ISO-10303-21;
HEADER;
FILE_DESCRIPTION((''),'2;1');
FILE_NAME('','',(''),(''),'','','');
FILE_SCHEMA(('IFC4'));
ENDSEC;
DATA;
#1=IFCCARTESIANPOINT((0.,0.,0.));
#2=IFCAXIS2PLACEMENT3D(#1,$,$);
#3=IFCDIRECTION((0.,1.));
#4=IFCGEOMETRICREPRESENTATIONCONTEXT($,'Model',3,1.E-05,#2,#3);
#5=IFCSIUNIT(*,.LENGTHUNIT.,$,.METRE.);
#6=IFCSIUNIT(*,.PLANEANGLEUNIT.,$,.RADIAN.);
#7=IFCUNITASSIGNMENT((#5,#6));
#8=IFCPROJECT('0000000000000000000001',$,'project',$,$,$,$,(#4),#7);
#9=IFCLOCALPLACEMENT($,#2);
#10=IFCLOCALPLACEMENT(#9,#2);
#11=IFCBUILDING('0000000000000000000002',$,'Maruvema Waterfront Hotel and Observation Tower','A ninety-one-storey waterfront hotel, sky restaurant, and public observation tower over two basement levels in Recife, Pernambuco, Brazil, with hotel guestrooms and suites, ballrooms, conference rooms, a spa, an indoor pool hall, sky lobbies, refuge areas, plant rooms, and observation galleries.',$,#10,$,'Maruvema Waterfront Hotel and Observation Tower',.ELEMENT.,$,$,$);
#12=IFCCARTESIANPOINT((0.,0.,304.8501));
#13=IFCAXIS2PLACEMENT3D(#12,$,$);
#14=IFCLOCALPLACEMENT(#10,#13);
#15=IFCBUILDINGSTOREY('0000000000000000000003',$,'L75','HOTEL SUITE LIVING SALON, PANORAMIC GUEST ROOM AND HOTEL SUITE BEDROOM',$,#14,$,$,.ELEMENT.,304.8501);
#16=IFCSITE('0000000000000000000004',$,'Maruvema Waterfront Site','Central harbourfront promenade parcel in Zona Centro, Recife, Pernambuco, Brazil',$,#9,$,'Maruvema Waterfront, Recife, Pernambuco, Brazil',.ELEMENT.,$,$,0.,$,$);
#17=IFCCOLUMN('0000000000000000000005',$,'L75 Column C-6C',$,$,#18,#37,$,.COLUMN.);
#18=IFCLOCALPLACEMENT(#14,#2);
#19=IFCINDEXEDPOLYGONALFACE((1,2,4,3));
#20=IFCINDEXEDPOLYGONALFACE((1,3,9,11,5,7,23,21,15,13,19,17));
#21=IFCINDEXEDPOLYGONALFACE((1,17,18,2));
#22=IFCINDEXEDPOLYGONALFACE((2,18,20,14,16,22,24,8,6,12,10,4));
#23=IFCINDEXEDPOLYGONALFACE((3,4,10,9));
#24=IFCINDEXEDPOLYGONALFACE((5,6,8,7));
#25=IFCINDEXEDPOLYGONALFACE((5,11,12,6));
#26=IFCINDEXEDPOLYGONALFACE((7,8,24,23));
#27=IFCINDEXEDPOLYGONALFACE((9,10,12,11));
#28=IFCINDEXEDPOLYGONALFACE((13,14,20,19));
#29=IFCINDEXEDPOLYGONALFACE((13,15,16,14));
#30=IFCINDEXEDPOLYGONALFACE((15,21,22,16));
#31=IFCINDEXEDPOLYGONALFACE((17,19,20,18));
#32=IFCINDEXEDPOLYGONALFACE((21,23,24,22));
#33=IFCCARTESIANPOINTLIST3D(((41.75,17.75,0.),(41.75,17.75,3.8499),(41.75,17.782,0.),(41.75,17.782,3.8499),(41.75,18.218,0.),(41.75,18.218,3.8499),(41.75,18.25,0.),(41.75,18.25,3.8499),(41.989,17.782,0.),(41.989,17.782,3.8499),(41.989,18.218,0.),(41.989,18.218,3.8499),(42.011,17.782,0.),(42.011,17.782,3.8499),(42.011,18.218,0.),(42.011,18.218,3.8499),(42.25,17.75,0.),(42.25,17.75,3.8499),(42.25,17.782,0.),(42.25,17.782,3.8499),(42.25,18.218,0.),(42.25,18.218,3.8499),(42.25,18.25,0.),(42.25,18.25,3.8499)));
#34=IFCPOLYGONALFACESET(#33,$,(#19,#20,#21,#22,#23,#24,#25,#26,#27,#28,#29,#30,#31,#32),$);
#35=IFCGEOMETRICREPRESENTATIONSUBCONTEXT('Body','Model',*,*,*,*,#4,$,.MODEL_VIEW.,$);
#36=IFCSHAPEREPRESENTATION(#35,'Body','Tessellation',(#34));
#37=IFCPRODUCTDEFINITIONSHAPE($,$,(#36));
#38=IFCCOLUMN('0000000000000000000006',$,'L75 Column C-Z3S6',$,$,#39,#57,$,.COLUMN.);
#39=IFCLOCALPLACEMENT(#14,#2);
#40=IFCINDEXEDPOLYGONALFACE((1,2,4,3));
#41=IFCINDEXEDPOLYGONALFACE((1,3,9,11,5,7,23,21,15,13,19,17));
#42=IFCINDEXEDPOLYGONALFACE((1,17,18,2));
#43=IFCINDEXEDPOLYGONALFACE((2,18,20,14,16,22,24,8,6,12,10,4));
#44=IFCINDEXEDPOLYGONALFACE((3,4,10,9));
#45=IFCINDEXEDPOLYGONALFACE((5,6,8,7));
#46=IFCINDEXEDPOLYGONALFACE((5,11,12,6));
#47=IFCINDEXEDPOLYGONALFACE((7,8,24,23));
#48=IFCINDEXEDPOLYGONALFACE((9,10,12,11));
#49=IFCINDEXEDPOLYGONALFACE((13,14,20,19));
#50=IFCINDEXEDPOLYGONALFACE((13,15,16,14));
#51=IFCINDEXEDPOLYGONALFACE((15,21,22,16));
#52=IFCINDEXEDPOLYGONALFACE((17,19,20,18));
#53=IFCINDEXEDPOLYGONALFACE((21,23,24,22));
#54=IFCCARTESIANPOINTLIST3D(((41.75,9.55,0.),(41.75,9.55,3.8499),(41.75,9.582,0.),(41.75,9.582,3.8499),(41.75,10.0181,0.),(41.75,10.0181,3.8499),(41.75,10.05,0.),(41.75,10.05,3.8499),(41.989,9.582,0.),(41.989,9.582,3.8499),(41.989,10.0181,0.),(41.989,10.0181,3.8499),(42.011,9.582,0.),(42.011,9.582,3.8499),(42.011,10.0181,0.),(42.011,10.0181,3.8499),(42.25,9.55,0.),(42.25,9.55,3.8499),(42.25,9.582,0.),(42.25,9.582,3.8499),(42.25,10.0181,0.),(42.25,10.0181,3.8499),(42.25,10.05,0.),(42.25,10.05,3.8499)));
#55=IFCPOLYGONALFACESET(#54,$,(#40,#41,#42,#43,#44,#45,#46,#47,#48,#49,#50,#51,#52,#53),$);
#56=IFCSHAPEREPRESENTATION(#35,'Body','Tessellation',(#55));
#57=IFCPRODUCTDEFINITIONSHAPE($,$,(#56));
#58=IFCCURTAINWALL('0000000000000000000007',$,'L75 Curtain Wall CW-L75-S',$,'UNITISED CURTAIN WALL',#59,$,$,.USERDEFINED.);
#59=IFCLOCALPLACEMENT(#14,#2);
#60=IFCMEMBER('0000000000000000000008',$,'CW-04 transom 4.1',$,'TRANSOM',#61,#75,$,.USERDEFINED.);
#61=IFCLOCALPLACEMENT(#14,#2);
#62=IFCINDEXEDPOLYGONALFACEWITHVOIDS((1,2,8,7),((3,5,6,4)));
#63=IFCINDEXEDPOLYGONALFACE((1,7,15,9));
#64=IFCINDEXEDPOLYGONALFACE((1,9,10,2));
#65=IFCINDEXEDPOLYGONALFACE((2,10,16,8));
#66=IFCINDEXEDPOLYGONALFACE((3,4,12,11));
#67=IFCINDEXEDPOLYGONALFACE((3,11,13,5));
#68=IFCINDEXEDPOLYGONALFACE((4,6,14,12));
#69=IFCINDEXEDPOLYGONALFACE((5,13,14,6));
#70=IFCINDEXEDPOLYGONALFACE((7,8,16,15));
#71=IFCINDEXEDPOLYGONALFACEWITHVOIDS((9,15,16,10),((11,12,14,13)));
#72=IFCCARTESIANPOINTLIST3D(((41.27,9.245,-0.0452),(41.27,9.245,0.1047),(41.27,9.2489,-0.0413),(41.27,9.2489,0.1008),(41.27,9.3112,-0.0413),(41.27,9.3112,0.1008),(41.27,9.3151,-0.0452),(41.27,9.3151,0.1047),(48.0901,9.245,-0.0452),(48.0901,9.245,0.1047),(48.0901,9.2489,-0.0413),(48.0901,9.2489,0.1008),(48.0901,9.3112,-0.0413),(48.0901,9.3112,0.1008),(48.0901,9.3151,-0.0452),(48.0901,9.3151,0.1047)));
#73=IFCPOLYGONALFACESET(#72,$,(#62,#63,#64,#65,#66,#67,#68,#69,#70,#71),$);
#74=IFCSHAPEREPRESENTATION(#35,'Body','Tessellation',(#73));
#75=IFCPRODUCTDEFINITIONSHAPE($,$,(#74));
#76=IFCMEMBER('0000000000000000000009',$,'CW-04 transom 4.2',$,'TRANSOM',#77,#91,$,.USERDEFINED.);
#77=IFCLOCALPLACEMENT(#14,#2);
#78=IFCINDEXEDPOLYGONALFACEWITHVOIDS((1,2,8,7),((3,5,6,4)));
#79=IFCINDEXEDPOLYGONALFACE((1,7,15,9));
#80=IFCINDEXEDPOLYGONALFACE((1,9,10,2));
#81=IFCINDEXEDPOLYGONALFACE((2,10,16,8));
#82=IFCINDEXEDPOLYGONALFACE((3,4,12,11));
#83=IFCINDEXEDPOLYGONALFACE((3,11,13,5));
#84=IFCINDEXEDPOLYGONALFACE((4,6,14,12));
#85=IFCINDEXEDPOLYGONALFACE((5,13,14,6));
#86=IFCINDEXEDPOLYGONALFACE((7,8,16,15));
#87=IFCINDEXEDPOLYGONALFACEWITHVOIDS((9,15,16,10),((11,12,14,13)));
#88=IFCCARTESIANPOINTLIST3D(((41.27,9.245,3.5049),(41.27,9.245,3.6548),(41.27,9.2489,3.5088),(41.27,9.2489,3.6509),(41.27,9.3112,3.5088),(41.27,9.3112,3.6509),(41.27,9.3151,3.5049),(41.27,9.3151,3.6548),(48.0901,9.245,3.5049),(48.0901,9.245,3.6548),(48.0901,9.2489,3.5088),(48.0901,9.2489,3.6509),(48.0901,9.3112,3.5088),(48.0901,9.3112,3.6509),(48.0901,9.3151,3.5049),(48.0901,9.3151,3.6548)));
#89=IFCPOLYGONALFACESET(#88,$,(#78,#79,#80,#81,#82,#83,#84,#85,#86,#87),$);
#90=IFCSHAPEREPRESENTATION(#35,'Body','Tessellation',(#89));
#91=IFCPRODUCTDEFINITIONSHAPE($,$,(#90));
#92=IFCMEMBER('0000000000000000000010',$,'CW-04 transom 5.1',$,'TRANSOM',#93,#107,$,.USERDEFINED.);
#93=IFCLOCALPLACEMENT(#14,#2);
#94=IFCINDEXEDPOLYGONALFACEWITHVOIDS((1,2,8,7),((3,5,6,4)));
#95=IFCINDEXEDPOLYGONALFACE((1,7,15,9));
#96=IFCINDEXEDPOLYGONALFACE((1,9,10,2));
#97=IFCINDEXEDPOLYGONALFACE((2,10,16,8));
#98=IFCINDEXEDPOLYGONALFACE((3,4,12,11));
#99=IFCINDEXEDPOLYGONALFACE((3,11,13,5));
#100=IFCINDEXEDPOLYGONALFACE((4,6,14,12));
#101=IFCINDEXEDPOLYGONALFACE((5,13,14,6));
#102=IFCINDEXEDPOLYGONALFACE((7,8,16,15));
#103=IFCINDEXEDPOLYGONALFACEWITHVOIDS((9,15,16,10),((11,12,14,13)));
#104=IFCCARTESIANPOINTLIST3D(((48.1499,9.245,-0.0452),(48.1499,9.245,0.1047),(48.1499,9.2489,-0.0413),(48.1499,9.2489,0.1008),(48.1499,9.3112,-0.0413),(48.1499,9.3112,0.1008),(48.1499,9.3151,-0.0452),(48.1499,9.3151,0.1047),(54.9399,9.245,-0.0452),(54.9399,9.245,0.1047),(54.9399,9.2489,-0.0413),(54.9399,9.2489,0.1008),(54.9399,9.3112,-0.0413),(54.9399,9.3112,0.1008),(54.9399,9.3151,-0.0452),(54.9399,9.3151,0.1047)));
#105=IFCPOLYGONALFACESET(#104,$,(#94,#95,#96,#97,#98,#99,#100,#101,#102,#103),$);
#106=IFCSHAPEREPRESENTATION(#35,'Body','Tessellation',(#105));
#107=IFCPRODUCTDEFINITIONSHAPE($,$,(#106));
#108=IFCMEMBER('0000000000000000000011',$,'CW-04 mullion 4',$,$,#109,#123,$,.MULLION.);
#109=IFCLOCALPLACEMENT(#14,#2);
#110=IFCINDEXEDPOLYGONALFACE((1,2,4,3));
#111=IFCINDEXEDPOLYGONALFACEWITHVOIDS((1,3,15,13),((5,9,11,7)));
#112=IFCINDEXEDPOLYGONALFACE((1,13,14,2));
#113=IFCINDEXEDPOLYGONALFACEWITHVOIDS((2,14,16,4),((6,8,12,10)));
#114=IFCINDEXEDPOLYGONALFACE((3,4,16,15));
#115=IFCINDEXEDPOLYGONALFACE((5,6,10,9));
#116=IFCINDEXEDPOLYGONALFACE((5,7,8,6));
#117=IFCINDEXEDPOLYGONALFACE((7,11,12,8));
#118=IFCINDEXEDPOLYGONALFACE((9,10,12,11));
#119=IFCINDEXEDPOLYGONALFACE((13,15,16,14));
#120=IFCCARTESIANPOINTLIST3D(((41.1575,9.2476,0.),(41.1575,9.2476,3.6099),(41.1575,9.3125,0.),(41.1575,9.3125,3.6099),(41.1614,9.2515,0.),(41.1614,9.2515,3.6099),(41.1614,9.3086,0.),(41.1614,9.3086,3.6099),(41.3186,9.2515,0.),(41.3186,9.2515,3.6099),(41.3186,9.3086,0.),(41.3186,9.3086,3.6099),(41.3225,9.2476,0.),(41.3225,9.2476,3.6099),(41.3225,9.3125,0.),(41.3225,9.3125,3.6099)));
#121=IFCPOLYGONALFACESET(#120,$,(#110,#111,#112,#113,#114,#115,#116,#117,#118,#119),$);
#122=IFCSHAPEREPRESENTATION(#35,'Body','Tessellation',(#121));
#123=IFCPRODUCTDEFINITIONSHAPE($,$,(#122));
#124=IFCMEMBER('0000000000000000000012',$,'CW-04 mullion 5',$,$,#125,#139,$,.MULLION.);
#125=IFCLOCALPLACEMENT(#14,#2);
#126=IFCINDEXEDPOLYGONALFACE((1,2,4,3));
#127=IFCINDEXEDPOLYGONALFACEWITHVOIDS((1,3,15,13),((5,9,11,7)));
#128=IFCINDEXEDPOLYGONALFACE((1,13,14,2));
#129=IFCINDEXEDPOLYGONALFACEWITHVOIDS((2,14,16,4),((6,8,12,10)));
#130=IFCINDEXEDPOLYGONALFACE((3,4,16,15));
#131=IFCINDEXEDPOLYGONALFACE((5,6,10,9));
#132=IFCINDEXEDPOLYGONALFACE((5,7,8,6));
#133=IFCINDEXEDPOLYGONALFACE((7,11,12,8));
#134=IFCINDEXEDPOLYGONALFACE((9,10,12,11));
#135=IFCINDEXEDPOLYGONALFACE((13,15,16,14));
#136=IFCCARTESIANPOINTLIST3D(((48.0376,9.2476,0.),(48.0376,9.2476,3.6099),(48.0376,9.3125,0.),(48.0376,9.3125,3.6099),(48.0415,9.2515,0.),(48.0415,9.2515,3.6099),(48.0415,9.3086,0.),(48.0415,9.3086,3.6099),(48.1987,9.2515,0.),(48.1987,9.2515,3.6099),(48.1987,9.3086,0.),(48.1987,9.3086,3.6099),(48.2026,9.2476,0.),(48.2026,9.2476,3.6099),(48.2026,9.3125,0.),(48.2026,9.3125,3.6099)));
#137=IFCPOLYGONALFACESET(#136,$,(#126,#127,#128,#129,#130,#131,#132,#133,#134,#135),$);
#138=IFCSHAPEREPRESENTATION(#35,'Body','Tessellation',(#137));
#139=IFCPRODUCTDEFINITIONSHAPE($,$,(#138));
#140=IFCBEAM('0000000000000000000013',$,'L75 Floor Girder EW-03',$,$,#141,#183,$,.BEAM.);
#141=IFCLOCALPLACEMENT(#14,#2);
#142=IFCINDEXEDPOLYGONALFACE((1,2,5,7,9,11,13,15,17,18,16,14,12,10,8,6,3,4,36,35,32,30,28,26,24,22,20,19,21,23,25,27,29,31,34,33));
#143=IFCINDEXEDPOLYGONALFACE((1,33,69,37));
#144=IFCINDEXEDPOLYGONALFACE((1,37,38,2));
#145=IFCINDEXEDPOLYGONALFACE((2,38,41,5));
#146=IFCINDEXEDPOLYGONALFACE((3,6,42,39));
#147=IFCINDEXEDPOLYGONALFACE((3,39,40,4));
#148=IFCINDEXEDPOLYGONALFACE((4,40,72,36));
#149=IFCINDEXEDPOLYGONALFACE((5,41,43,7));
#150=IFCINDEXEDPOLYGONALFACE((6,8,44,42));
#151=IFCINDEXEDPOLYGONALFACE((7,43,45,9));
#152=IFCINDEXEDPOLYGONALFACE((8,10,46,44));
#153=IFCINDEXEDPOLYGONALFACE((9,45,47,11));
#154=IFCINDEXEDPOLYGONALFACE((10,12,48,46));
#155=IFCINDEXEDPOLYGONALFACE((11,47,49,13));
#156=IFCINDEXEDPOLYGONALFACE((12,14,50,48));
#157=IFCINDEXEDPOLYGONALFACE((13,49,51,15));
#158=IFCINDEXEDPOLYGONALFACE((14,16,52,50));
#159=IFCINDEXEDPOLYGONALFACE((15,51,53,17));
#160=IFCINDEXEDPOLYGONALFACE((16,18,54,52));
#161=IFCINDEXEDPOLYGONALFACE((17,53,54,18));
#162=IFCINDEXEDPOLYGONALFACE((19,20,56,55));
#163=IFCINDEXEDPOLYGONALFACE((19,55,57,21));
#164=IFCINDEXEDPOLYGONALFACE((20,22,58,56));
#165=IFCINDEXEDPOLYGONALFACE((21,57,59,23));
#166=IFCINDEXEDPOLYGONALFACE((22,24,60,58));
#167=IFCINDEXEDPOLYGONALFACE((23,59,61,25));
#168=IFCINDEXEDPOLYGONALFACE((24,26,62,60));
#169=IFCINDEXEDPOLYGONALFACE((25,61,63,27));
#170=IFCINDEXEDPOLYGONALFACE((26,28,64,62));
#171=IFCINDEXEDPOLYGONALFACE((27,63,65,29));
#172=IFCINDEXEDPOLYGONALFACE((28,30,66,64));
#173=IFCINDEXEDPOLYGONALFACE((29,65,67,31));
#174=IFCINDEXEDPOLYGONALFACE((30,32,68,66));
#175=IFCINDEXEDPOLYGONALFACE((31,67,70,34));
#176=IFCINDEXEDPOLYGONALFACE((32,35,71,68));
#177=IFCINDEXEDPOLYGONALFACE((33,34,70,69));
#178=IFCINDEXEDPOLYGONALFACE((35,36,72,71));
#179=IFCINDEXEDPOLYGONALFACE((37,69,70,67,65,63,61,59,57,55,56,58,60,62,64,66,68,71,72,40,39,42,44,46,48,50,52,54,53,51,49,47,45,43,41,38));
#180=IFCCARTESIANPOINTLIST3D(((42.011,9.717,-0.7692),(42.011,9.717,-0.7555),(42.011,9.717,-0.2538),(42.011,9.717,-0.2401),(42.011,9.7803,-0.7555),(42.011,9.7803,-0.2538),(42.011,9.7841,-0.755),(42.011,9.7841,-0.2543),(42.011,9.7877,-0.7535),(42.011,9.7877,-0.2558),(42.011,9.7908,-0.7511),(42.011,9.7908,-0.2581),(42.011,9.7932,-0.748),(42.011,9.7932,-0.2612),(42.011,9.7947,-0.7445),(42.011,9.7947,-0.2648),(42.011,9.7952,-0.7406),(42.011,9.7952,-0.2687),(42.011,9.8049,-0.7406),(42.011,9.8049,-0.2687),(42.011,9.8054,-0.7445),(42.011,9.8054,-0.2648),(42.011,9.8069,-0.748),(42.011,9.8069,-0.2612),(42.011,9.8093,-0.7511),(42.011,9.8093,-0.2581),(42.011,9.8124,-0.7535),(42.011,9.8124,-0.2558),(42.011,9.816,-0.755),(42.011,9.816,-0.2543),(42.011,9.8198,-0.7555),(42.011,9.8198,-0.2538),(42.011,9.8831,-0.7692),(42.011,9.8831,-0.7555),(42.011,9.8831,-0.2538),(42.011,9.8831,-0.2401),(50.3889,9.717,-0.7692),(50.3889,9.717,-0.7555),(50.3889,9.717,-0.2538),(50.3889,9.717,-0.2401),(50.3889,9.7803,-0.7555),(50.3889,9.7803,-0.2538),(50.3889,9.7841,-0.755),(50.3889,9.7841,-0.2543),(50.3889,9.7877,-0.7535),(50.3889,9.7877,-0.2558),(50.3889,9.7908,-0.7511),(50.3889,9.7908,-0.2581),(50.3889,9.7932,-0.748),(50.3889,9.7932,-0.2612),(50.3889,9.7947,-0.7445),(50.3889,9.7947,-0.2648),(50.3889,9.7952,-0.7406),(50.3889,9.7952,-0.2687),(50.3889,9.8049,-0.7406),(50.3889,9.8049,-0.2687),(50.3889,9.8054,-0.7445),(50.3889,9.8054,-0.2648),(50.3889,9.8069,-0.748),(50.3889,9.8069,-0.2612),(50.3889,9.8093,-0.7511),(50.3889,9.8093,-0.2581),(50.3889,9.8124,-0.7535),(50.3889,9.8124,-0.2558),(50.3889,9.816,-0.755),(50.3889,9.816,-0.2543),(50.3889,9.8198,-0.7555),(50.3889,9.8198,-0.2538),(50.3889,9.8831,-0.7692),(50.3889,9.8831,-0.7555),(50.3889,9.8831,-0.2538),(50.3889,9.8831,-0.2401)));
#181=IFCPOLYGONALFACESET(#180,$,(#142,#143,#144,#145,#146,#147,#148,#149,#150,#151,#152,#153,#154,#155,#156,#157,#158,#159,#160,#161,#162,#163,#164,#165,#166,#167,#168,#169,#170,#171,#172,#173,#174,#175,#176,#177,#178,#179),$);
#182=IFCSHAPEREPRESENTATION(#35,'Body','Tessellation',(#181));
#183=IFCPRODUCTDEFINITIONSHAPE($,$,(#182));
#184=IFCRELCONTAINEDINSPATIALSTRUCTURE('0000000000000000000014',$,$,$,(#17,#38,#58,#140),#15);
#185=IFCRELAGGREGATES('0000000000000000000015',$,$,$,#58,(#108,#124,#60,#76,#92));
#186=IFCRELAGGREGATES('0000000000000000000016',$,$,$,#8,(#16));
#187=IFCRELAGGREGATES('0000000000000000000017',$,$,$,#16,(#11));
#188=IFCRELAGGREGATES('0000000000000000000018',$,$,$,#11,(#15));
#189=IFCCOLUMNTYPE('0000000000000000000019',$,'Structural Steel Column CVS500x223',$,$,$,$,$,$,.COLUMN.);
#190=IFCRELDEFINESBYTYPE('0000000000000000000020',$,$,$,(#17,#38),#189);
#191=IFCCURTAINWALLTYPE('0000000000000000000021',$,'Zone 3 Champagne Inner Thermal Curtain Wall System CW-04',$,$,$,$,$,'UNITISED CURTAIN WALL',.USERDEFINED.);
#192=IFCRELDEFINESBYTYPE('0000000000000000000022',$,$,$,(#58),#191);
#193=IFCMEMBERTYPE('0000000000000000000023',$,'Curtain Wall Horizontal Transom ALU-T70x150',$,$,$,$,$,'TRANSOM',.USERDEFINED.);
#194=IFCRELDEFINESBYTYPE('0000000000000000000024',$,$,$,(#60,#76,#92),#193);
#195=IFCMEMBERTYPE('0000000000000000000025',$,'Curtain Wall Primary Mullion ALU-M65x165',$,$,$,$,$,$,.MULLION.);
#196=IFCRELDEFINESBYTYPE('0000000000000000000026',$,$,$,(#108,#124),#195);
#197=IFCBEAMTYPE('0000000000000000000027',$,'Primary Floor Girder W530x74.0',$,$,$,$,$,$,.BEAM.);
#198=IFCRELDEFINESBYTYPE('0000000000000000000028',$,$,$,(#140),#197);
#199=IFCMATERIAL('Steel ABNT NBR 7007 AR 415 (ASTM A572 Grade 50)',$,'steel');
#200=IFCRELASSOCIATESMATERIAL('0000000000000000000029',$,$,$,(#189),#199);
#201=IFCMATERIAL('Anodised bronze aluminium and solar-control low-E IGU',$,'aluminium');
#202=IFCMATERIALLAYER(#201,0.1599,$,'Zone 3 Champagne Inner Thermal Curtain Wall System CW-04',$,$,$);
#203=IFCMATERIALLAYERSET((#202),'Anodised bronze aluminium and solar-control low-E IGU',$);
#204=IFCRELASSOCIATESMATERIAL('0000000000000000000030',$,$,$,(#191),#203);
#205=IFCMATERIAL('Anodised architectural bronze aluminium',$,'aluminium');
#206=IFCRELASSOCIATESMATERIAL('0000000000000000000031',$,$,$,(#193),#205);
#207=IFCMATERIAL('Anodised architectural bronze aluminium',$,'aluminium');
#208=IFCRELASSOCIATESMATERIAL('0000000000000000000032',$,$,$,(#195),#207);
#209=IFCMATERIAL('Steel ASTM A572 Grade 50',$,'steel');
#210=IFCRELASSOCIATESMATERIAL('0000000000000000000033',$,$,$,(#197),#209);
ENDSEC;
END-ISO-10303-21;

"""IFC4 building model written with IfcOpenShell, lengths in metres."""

from ifc_helpers import new_model, si_unit, direction, frame, origin, origin_2d, place, context, subcontext, project, spatial, hollow_rectangle, i_section, extrude, material, layer, layer_set, material_profile, profile_set, type_object, element, aggregate, save


model = new_model("IFC4")

# Units and contexts
model_context = context("Model", 3, precision=1e-05, world=origin(), true_north=direction((0.0, 1.0)))
body_context = subcontext(model_context, "Body", "Model", "MODEL_VIEW")
ifc_project = project(units=[si_unit("LENGTHUNIT", "METRE"), si_unit("PLANEANGLEUNIT", "RADIAN")], contexts=[model_context])

# Site, building, storey
site_placement = place(None, origin())
site = spatial("IfcSite", under=ifc_project, at=site_placement, Name="Maruvema Waterfront Site", Description="Central harbourfront promenade parcel in Zona Centro, Recife, Pernambuco, Brazil", LongName="Maruvema Waterfront, Recife, Pernambuco, Brazil", CompositionType="ELEMENT", RefElevation=0.0)
building_placement = place(site_placement, origin())
building = spatial("IfcBuilding", under=site, at=building_placement, Name="Maruvema Waterfront Hotel and Observation Tower", Description="A ninety-one-storey waterfront hotel, sky restaurant, and public observation tower over two basement levels in Recife, Pernambuco, Brazil, with hotel guestrooms and suites, ballrooms, conference rooms, a spa, an indoor pool hall, sky lobbies, refuge areas, plant rooms, and observation galleries.", LongName="Maruvema Waterfront Hotel and Observation Tower", CompositionType="ELEMENT")
storey_placement = place(building_placement, frame((0.0, 0.0, 304.8501)))
storey = spatial("IfcBuildingStorey", under=building, at=storey_placement, Name="L75", Description="HOTEL SUITE LIVING SALON, PANORAMIC GUEST ROOM AND HOTEL SUITE BEDROOM", CompositionType="ELEMENT", Elevation=304.8501)

# Columns
ifc_material_1 = material(Name="Steel ABNT NBR 7007 AR 415 (ASTM A572 Grade 50)", Category="steel")
ifc_material_profile_1 = material_profile(ifc_material_1, i_section(OverallWidth=0.5, OverallDepth=0.5, WebThickness=0.022, FlangeThickness=0.032, at=origin_2d()), Name="CVS500x223")
ifc_profile_set_1 = profile_set([ifc_material_profile_1], Name="Steel ABNT NBR 7007 AR 415 (ASTM A572 Grade 50)")
column_type = type_object("IfcColumnType", Name="Structural Steel Column CVS500x223", PredefinedType="COLUMN", material=ifc_profile_set_1)
for number, where, z_axis, x_axis, name in (
    (1, (42.0, 18.0, 0.0), (0.0, 0.0, 1.0), (1.0, 0.0, 0.0), "L75 Column C-6C"),
    (2, (42.0, 9.8, 0.0), (0.0, 0.0, 1.0), (1.0, 0.0, 0.0), "L75 Column C-Z3S6"),
):
    element("IfcColumn", number, at=place(storey_placement, frame(where, z_axis=z_axis, x_axis=x_axis)), inside=storey, type_object=column_type, Name=name, PredefinedType="COLUMN", context=body_context, shape_type="SweptSolid", body=[
        extrude(i_section(OverallWidth=0.5, OverallDepth=0.5, WebThickness=0.022, FlangeThickness=0.032, at=origin_2d()), origin(), (0.0, 0.0, 1.0), 3.8499),
    ])

# Curtain wall, members
ifc_material_2 = material(Name="Anodised bronze aluminium and solar-control low-E IGU", Category="aluminium")
ifc_layer_1 = layer(ifc_material_2, 0.1599, Name="Zone 3 Champagne Inner Thermal Curtain Wall System CW-04")
ifc_layer_set_1 = layer_set([ifc_layer_1], Name="Anodised bronze aluminium and solar-control low-E IGU")
curtain_wall_type = type_object("IfcCurtainWallType", Name="Zone 3 Champagne Inner Thermal Curtain Wall System CW-04", ElementType="UNITISED CURTAIN WALL", PredefinedType="USERDEFINED", material=ifc_layer_set_1)
curtain_wall_placement = place(storey_placement, origin())
curtain_wall = element("IfcCurtainWall", 3, at=curtain_wall_placement, inside=storey, type_object=curtain_wall_type, Name="L75 Curtain Wall CW-L75-S", ObjectType="UNITISED CURTAIN WALL", PredefinedType="USERDEFINED")
ifc_material_3 = material(Name="Anodised architectural bronze aluminium", Category="aluminium")
ifc_material_profile_2 = material_profile(ifc_material_3, hollow_rectangle(XDim=0.0701, YDim=0.1499, WallThickness=0.0039, at=origin_2d()), Name="ALU-T70x150")
ifc_profile_set_2 = profile_set([ifc_material_profile_2], Name="Anodised architectural bronze aluminium")
member_type_1 = type_object("IfcMemberType", Name="Curtain Wall Horizontal Transom ALU-T70x150", ElementType="TRANSOM", PredefinedType="USERDEFINED", material=ifc_profile_set_2)
member_1_placement = place(storey_placement, frame((41.27, 9.28, 0.0298), z_axis=(1.0, 0.0, 0.0), x_axis=(0.0, 1.0, 0.0)))
member_1 = element("IfcMember", 4, at=member_1_placement, type_object=member_type_1, Name="CW-04 transom 4.1", ObjectType="TRANSOM", PredefinedType="USERDEFINED", context=body_context, shape_type="SweptSolid", body=[
    extrude(hollow_rectangle(XDim=0.0701, YDim=0.1499, WallThickness=0.0039, at=origin_2d()), origin(), (0.0, 0.0, 1.0), 6.8201),
])
member_2_placement = place(storey_placement, frame((41.27, 9.28, 3.5798), z_axis=(1.0, 0.0, 0.0), x_axis=(0.0, 1.0, 0.0)))
member_2 = element("IfcMember", 5, at=member_2_placement, type_object=member_type_1, Name="CW-04 transom 4.2", ObjectType="TRANSOM", PredefinedType="USERDEFINED", context=body_context, shape_type="SweptSolid", body=[
    extrude(hollow_rectangle(XDim=0.0701, YDim=0.1499, WallThickness=0.0039, at=origin_2d()), origin(), (0.0, 0.0, 1.0), 6.8201),
])
member_3_placement = place(storey_placement, frame((48.1499, 9.28, 0.0298), z_axis=(1.0, 0.0, 0.0), x_axis=(0.0, 1.0, 0.0)))
member_3 = element("IfcMember", 6, at=member_3_placement, type_object=member_type_1, Name="CW-04 transom 5.1", ObjectType="TRANSOM", PredefinedType="USERDEFINED", context=body_context, shape_type="SweptSolid", body=[
    extrude(hollow_rectangle(XDim=0.0701, YDim=0.1499, WallThickness=0.0039, at=origin_2d()), origin(), (0.0, 0.0, 1.0), 6.79),
])
ifc_material_4 = material(Name="Anodised architectural bronze aluminium", Category="aluminium")
ifc_material_profile_3 = material_profile(ifc_material_4, hollow_rectangle(XDim=0.0649, YDim=0.165, WallThickness=0.0039, at=origin_2d()), Name="ALU-M65x165")
ifc_profile_set_3 = profile_set([ifc_material_profile_3], Name="Anodised architectural bronze aluminium")
member_type_2 = type_object("IfcMemberType", Name="Curtain Wall Primary Mullion ALU-M65x165", PredefinedType="MULLION", material=ifc_profile_set_3)
member_4_placement = place(storey_placement, frame((41.24, 9.28, 0.0), z_axis=(0.0, 0.0, 1.0), x_axis=(0.0, 1.0, 0.0)))
member_4 = element("IfcMember", 7, at=member_4_placement, type_object=member_type_2, Name="CW-04 mullion 4", PredefinedType="MULLION", context=body_context, shape_type="SweptSolid", body=[
    extrude(hollow_rectangle(XDim=0.0649, YDim=0.165, WallThickness=0.0039, at=origin_2d()), origin(), (0.0, 0.0, 1.0), 3.6099),
])
member_5_placement = place(storey_placement, frame((48.1201, 9.28, 0.0), z_axis=(0.0, 0.0, 1.0), x_axis=(0.0, 1.0, 0.0)))
member_5 = element("IfcMember", 8, at=member_5_placement, type_object=member_type_2, Name="CW-04 mullion 5", PredefinedType="MULLION", context=body_context, shape_type="SweptSolid", body=[
    extrude(hollow_rectangle(XDim=0.0649, YDim=0.165, WallThickness=0.0039, at=origin_2d()), origin(), (0.0, 0.0, 1.0), 3.6099),
])

# Beam
ifc_material_5 = material(Name="Steel ASTM A572 Grade 50", Category="steel")
ifc_material_profile_4 = material_profile(ifc_material_5, i_section(OverallWidth=0.166, OverallDepth=0.5291, WebThickness=0.0098, FlangeThickness=0.0137, FilletRadius=0.0149, at=origin_2d()), Name="W530x74.0")
ifc_profile_set_4 = profile_set([ifc_material_profile_4], Name="Steel ASTM A572 Grade 50")
beam_type_1 = type_object("IfcBeamType", Name="Primary Floor Girder W530x74.0", PredefinedType="BEAM", material=ifc_profile_set_4)
beam_1_placement = place(storey_placement, frame((42.011, 9.8, -0.5046), z_axis=(1.0, 0.0, 0.0), x_axis=(0.0, 1.0, 0.0)))
element("IfcBeam", 9, at=beam_1_placement, inside=storey, type_object=beam_type_1, Name="L75 Floor Girder EW-03", PredefinedType="BEAM", context=body_context, shape_type="SweptSolid", body=[
    extrude(i_section(OverallWidth=0.166, OverallDepth=0.5291, WebThickness=0.0098, FlangeThickness=0.0137, FilletRadius=0.0149, at=origin_2d()), origin(), (0.0, 0.0, 1.0), 8.3779),
])

aggregate(curtain_wall, [member_4, member_5, member_1, member_2, member_3])

save(model, "model.ifc")
